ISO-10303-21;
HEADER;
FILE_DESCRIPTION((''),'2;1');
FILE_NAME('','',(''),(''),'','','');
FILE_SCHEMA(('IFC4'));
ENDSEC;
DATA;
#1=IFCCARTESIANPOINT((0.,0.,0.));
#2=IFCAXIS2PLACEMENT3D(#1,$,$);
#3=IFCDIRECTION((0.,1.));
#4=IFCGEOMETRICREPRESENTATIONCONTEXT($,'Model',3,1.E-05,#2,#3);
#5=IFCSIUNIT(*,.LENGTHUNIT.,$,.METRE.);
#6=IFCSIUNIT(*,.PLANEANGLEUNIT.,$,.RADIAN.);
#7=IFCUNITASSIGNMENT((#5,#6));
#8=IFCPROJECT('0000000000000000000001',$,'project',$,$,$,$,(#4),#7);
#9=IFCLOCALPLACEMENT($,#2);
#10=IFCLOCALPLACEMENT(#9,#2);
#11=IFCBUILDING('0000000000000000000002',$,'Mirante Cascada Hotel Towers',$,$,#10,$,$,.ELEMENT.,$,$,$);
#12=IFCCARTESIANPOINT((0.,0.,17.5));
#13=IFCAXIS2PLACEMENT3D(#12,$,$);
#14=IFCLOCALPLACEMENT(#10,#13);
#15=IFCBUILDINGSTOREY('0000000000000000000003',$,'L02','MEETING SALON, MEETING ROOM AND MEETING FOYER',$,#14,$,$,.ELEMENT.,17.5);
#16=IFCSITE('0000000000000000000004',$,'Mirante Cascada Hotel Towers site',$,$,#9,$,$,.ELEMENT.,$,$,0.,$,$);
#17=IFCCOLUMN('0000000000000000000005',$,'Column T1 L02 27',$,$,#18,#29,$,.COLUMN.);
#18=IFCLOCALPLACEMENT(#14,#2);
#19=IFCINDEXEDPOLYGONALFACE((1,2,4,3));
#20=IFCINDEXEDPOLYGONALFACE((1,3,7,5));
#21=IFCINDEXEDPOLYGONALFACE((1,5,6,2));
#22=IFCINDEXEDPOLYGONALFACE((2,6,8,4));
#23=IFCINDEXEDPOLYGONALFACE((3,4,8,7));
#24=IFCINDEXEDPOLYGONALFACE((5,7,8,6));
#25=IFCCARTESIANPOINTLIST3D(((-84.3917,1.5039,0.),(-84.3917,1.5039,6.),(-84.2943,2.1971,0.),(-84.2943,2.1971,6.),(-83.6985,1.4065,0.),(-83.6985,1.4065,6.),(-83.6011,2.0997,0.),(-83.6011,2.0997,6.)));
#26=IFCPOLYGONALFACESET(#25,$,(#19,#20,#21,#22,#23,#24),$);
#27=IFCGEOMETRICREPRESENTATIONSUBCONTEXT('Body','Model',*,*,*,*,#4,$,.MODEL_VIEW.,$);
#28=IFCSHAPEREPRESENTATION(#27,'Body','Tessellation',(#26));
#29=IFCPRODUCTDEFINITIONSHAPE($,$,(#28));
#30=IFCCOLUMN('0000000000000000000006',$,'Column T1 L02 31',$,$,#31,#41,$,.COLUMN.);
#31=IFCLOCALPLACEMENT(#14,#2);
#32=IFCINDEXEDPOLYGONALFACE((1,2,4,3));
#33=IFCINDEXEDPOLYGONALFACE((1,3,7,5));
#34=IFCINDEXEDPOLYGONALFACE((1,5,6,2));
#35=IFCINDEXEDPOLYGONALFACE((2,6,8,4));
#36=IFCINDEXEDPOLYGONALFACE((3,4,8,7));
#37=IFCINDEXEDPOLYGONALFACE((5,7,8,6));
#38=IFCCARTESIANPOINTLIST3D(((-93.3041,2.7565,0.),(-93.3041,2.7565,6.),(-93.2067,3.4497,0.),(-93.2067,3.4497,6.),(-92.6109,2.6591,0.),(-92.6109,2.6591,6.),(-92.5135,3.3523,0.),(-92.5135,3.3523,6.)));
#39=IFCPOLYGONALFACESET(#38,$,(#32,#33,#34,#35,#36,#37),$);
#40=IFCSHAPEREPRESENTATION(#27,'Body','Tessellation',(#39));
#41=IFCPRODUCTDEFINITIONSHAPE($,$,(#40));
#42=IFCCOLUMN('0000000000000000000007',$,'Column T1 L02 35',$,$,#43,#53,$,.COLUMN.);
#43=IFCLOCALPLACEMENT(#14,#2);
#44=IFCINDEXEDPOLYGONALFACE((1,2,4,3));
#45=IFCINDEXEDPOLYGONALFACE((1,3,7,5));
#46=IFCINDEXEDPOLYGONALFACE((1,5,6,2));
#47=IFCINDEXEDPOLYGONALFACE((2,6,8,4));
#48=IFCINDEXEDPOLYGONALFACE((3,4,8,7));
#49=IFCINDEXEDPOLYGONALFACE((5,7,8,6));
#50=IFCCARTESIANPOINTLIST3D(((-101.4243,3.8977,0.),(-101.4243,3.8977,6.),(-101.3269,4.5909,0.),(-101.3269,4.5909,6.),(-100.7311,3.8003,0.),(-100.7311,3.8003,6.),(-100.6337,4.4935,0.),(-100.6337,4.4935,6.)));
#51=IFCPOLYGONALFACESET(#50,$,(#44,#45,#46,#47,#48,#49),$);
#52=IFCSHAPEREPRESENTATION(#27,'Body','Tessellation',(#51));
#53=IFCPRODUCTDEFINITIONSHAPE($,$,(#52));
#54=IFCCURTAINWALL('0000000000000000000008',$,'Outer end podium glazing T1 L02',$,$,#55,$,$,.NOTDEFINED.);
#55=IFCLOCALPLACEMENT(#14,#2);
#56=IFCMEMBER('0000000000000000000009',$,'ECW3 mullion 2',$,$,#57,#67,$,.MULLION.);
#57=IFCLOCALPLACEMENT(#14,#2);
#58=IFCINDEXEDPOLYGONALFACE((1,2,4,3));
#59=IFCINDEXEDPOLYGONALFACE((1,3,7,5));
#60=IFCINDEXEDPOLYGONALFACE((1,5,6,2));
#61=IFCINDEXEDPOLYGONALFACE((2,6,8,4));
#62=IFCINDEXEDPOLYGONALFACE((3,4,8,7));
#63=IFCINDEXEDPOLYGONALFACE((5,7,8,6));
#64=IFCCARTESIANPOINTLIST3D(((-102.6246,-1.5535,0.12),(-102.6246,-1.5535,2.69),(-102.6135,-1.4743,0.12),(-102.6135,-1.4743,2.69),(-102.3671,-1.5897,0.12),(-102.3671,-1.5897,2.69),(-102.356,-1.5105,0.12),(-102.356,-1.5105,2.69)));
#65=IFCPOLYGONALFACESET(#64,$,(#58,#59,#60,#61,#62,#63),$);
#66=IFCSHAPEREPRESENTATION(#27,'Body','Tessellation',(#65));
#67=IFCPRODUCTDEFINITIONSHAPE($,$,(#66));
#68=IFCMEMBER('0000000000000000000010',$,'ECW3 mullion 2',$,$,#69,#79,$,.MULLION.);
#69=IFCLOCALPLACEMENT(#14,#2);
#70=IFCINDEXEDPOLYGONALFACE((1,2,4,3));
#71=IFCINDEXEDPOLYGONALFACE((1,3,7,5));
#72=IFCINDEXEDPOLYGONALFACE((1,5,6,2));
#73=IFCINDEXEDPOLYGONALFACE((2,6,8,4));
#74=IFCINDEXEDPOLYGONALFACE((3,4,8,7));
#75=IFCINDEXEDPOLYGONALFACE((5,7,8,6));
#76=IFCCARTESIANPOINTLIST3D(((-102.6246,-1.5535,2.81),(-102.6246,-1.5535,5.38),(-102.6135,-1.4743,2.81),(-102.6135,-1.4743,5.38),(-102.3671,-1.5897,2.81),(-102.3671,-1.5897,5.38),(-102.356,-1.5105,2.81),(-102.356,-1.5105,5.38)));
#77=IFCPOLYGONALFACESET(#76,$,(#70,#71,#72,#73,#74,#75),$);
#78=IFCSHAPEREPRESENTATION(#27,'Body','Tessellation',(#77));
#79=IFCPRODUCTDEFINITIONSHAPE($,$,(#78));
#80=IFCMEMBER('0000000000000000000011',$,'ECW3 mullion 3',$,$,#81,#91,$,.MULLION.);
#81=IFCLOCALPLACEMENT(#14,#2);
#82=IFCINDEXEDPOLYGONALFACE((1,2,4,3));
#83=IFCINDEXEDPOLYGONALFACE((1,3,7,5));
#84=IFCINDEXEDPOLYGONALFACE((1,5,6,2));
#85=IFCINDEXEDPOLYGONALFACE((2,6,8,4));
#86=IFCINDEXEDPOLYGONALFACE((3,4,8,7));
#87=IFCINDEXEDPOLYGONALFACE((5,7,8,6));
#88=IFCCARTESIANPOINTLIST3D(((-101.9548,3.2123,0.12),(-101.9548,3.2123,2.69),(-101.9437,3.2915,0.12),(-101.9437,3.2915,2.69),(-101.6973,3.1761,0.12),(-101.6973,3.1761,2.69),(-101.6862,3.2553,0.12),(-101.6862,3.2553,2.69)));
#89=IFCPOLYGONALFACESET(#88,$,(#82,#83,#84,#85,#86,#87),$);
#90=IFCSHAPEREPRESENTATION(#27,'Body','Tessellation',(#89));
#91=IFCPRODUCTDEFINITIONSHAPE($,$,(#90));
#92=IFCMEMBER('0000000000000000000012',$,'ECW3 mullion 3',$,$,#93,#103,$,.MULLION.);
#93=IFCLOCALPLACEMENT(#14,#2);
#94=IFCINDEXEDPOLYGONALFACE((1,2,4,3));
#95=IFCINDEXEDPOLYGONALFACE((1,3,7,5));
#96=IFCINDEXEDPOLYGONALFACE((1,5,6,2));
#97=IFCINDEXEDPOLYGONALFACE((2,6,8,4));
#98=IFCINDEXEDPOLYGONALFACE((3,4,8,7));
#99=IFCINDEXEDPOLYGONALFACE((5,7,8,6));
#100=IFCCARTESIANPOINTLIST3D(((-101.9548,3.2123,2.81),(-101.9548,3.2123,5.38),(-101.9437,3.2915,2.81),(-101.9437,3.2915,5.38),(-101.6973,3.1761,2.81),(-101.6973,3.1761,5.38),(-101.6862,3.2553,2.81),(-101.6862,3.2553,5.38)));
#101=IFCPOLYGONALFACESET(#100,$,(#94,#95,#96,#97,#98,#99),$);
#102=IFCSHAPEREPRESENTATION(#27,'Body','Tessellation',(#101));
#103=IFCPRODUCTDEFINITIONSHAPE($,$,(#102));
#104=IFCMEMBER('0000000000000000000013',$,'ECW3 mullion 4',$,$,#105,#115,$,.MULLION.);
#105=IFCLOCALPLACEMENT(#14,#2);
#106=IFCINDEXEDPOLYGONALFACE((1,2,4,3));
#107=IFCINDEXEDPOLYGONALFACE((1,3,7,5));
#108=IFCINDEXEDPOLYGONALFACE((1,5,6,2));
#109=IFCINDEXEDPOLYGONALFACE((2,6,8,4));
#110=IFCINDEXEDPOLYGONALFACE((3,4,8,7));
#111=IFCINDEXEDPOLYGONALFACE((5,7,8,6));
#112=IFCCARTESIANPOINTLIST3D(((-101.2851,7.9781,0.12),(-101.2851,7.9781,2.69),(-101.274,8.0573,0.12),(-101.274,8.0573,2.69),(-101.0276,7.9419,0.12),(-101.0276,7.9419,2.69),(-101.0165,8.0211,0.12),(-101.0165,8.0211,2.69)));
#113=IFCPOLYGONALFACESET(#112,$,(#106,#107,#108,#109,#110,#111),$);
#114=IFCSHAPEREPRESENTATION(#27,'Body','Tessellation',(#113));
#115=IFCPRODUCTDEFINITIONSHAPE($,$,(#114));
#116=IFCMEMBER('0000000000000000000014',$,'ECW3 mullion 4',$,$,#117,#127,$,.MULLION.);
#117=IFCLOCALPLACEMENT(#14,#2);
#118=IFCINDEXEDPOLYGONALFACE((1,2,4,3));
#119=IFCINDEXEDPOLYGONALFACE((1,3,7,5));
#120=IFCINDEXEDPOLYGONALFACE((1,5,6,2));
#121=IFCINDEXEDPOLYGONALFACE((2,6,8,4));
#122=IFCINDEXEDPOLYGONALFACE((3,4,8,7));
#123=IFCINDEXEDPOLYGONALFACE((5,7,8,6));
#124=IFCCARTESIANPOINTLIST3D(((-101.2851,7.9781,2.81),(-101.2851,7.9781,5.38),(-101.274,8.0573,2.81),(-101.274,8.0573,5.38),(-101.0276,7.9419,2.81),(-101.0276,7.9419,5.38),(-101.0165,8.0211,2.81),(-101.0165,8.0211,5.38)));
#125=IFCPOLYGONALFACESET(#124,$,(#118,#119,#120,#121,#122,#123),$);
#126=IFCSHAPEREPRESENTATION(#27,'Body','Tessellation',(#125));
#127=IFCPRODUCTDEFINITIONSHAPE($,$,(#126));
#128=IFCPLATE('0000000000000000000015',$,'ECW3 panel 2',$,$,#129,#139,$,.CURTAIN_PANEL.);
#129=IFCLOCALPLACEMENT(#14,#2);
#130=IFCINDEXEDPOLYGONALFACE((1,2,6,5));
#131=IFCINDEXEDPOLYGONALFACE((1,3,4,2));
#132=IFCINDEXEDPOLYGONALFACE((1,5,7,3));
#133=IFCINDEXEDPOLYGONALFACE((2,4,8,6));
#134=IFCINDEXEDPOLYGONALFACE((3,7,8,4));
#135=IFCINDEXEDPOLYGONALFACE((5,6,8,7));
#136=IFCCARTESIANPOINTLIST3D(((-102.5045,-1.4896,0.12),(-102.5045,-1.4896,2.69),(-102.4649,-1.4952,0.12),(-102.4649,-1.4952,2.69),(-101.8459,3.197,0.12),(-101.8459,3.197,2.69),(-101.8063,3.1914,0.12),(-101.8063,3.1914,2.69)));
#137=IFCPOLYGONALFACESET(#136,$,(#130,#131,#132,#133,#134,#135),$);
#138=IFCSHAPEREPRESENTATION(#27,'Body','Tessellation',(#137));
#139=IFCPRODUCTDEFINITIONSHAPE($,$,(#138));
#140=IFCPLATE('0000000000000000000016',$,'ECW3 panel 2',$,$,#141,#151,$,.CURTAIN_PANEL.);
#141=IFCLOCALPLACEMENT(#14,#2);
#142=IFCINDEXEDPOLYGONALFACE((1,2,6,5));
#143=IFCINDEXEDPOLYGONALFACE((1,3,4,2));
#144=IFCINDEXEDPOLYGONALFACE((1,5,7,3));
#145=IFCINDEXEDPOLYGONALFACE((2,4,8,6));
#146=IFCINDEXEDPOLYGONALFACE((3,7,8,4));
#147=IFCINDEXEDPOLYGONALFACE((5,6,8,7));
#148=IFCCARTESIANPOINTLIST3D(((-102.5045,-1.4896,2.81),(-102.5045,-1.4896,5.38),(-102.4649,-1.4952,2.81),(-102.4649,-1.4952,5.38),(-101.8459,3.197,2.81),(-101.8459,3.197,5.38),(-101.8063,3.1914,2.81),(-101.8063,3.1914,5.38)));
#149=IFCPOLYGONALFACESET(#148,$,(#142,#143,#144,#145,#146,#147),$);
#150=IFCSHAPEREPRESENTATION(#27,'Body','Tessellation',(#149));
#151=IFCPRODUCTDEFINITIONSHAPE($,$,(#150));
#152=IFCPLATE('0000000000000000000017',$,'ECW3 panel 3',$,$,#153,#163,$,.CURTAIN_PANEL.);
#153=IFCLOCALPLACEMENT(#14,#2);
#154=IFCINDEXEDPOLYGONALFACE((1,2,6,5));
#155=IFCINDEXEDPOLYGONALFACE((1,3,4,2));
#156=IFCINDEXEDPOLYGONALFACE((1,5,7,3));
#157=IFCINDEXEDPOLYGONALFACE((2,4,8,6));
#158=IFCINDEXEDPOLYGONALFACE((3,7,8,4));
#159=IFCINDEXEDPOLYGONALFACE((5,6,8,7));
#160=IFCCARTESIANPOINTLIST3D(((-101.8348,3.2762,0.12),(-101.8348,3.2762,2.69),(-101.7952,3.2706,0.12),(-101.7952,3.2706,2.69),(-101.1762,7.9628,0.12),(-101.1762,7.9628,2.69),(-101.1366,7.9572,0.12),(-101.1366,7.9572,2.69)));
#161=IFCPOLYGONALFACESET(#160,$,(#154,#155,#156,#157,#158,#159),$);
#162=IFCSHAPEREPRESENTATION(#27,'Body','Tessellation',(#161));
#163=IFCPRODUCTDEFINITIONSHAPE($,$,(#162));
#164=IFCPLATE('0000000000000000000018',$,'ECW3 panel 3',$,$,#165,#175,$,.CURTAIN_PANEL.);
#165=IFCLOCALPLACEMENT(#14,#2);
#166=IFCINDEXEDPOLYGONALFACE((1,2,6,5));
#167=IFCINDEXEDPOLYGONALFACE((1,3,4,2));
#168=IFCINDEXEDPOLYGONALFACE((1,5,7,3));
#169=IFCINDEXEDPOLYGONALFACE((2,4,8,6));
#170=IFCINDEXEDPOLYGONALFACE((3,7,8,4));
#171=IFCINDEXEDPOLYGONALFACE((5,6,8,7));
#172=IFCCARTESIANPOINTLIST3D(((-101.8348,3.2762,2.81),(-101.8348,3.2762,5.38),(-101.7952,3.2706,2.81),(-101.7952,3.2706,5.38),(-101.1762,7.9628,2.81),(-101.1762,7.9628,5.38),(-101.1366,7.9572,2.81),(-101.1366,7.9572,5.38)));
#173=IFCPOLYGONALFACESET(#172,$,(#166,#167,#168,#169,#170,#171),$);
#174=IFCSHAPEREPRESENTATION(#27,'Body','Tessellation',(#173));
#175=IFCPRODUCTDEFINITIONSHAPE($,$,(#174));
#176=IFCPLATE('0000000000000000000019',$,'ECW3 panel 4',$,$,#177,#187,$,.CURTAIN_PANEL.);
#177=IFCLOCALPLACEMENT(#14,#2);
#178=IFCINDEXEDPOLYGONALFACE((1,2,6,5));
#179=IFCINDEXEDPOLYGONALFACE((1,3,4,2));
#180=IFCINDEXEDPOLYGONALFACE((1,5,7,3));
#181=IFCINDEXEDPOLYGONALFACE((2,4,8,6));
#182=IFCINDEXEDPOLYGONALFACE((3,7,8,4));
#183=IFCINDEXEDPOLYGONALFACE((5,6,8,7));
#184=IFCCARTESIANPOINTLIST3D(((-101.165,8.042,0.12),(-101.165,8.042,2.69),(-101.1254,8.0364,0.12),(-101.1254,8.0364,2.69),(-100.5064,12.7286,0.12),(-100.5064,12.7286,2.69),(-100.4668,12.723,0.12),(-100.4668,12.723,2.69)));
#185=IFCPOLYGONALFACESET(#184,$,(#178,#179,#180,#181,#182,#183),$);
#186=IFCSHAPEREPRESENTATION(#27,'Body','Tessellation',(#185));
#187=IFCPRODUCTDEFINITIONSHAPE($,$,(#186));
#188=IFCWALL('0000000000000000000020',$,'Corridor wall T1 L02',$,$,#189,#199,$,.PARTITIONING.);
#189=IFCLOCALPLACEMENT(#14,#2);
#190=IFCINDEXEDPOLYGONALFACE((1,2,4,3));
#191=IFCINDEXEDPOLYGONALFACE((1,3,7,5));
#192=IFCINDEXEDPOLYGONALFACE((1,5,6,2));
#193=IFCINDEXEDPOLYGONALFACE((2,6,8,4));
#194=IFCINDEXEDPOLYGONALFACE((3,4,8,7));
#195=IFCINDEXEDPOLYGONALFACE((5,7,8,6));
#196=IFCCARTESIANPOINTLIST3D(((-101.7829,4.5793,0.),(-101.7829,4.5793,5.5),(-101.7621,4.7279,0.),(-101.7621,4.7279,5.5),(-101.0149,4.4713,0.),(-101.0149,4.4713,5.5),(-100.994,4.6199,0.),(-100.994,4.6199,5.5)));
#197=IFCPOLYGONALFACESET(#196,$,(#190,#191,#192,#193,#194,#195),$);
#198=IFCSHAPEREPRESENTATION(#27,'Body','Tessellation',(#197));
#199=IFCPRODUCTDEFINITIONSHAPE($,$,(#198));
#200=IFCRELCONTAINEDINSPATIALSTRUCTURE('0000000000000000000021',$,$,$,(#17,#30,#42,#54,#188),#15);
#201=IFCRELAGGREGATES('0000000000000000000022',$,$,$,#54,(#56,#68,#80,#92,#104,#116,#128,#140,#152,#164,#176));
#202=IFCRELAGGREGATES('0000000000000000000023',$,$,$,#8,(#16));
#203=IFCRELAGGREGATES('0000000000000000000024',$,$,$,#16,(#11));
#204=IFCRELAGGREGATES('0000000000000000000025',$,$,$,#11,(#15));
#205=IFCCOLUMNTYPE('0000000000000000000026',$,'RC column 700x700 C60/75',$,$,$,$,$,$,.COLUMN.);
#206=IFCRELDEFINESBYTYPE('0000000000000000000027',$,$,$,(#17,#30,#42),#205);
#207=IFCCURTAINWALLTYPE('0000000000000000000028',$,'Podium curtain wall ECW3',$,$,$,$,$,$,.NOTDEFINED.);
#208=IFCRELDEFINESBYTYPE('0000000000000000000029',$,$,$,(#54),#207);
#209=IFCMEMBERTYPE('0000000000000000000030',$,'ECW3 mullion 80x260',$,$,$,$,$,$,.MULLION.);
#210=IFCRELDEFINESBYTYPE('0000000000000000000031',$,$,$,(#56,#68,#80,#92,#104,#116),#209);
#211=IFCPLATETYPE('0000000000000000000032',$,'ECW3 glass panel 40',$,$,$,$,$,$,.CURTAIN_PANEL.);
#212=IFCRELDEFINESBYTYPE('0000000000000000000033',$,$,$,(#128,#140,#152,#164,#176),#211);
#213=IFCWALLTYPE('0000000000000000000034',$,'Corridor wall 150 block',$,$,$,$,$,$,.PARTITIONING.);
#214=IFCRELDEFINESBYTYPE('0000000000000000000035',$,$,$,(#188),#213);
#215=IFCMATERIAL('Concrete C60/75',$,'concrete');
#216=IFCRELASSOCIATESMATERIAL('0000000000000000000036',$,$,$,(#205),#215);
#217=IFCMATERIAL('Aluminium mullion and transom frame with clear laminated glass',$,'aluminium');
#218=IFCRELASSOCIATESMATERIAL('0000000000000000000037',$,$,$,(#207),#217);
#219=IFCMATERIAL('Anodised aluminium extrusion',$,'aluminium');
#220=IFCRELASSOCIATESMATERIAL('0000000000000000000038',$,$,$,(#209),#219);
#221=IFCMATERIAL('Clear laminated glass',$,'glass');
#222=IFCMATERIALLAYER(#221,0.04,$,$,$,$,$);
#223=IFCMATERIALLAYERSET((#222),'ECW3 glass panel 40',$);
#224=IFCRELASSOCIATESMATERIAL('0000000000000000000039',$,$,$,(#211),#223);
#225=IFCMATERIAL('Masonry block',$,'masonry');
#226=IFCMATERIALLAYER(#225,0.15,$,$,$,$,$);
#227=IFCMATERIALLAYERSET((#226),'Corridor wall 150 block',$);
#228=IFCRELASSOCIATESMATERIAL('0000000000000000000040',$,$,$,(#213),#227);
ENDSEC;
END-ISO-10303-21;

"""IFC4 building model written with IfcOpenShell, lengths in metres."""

from ifc_helpers import new_model, si_unit, direction, frame, frame_2d, origin, origin_2d, place, context, subcontext, project, spatial, rectangle, extrude, material, layer, layer_set, material_profile, profile_set, type_object, element, aggregate, save


model = new_model("IFC4")

# Units and contexts
model_context = context("Model", 3, precision=1e-05, world=origin(), true_north=direction((0.0, 1.0)))
body_context = subcontext(model_context, "Body", "Model", "MODEL_VIEW")
ifc_project = project(units=[si_unit("LENGTHUNIT", "METRE"), si_unit("PLANEANGLEUNIT", "RADIAN")], contexts=[model_context])

# Site, building, storey
site_placement = place(None, origin())
site = spatial("IfcSite", under=ifc_project, at=site_placement, Name="Mirante Cascada Hotel Towers site", CompositionType="ELEMENT", RefElevation=0.0)
building_placement = place(site_placement, origin())
building = spatial("IfcBuilding", under=site, at=building_placement, Name="Mirante Cascada Hotel Towers", CompositionType="ELEMENT")
storey_placement = place(building_placement, frame((0.0, 0.0, 17.5)))
storey = spatial("IfcBuildingStorey", under=building, at=storey_placement, Name="L02", Description="MEETING SALON, MEETING ROOM AND MEETING FOYER", CompositionType="ELEMENT", Elevation=17.5)

# Columns
ifc_material_1 = material(Name="Concrete C60/75", Category="concrete")
ifc_material_profile_1 = material_profile(ifc_material_1, rectangle(XDim=0.7, YDim=0.7, at=origin_2d()), Name="RC column 700x700 C60/75")
ifc_profile_set_1 = profile_set([ifc_material_profile_1], Name="Concrete C60/75")
column_type = type_object("IfcColumnType", Name="RC column 700x700 C60/75", PredefinedType="COLUMN", material=ifc_profile_set_1)
for number, where, z_axis, x_axis, name in (
    (1, (-83.9964, 1.8018, 0.0), (0.0, 0.0, 1.0), (-0.990268, 0.139173, 0.0), "Column T1 L02 27"),
    (2, (-92.9088, 3.0544, 0.0), (0.0, 0.0, 1.0), (-0.990268, 0.139173, 0.0), "Column T1 L02 31"),
    (3, (-101.029, 4.1956, 0.0), (0.0, 0.0, 1.0), (-0.990268, 0.139173, 0.0), "Column T1 L02 35"),
):
    element("IfcColumn", number, at=place(storey_placement, frame(where, z_axis=z_axis, x_axis=x_axis)), inside=storey, type_object=column_type, Name=name, PredefinedType="COLUMN", context=body_context, shape_type="SweptSolid", body=[
        extrude(rectangle(XDim=0.7, YDim=0.7, at=origin_2d()), origin(), (0.0, 0.0, 1.0), 6.0),
    ])

# Curtain wall, members, plates
ifc_material_2 = material(Name="Aluminium mullion and transom frame with clear laminated glass", Category="aluminium")
curtain_wall_type = type_object("IfcCurtainWallType", Name="Podium curtain wall ECW3", PredefinedType="NOTDEFINED", material=ifc_material_2)
curtain_wall_placement = place(storey_placement, origin())
curtain_wall = element("IfcCurtainWall", 4, at=curtain_wall_placement, inside=storey, type_object=curtain_wall_type, Name="Outer end podium glazing T1 L02", PredefinedType="NOTDEFINED")
ifc_material_3 = material(Name="Anodised aluminium extrusion", Category="aluminium")
ifc_material_profile_2 = material_profile(ifc_material_3, rectangle(XDim=0.26, YDim=0.08, at=origin_2d()), Name="ECW3 MULLION 80x260")
ifc_profile_set_2 = profile_set([ifc_material_profile_2], Name="Anodised aluminium extrusion")
member_type = type_object("IfcMemberType", Name="ECW3 mullion 80x260", PredefinedType="MULLION", material=ifc_profile_set_2)
member_1_placement = place(storey_placement, frame((-102.4903, -1.532, 0.12), z_axis=(0.0, 0.0, 1.0), x_axis=(-0.990268, 0.139173, 0.0)))
member_1 = element("IfcMember", 5, at=member_1_placement, type_object=member_type, Name="ECW3 mullion 2", PredefinedType="MULLION", context=body_context, shape_type="SweptSolid", body=[
    extrude(rectangle(XDim=0.26, YDim=0.08, at=origin_2d()), origin(), (0.0, 0.0, 1.0), 2.57),
])
member_2_placement = place(storey_placement, frame((-102.4903, -1.532, 2.81), z_axis=(0.0, 0.0, 1.0), x_axis=(-0.990268, 0.139173, 0.0)))
member_2 = element("IfcMember", 6, at=member_2_placement, type_object=member_type, Name="ECW3 mullion 2", PredefinedType="MULLION", context=body_context, shape_type="SweptSolid", body=[
    extrude(rectangle(XDim=0.26, YDim=0.08, at=origin_2d()), origin(), (0.0, 0.0, 1.0), 2.57),
])
member_3_placement = place(storey_placement, frame((-101.8205, 3.2338, 0.12), z_axis=(0.0, 0.0, 1.0), x_axis=(-0.990268, 0.139173, 0.0)))
member_3 = element("IfcMember", 7, at=member_3_placement, type_object=member_type, Name="ECW3 mullion 3", PredefinedType="MULLION", context=body_context, shape_type="SweptSolid", body=[
    extrude(rectangle(XDim=0.26, YDim=0.08, at=origin_2d()), origin(), (0.0, 0.0, 1.0), 2.57),
])
member_4_placement = place(storey_placement, frame((-101.8205, 3.2338, 2.81), z_axis=(0.0, 0.0, 1.0), x_axis=(-0.990268, 0.139173, 0.0)))
member_4 = element("IfcMember", 8, at=member_4_placement, type_object=member_type, Name="ECW3 mullion 3", PredefinedType="MULLION", context=body_context, shape_type="SweptSolid", body=[
    extrude(rectangle(XDim=0.26, YDim=0.08, at=origin_2d()), origin(), (0.0, 0.0, 1.0), 2.57),
])
member_5_placement = place(storey_placement, frame((-101.1508, 7.9996, 0.12), z_axis=(0.0, 0.0, 1.0), x_axis=(-0.990268, 0.139173, 0.0)))
member_5 = element("IfcMember", 9, at=member_5_placement, type_object=member_type, Name="ECW3 mullion 4", PredefinedType="MULLION", context=body_context, shape_type="SweptSolid", body=[
    extrude(rectangle(XDim=0.26, YDim=0.08, at=origin_2d()), origin(), (0.0, 0.0, 1.0), 2.57),
])
member_6_placement = place(storey_placement, frame((-101.1508, 7.9996, 2.81), z_axis=(0.0, 0.0, 1.0), x_axis=(-0.990268, 0.139173, 0.0)))
member_6 = element("IfcMember", 10, at=member_6_placement, type_object=member_type, Name="ECW3 mullion 4", PredefinedType="MULLION", context=body_context, shape_type="SweptSolid", body=[
    extrude(rectangle(XDim=0.26, YDim=0.08, at=origin_2d()), origin(), (0.0, 0.0, 1.0), 2.57),
])
ifc_material_4 = material(Name="Clear laminated glass", Category="glass")
ifc_layer_1 = layer(ifc_material_4, 0.04)
ifc_layer_set_1 = layer_set([ifc_layer_1], Name="ECW3 glass panel 40")
plate_type = type_object("IfcPlateType", Name="ECW3 glass panel 40", PredefinedType="CURTAIN_PANEL", material=ifc_layer_set_1)
plate_1_placement = place(storey_placement, frame((-102.1554, 0.8509, 0.12), z_axis=(0.0, 0.0, 1.0), x_axis=(0.139173, 0.990268, 0.0)))
plate_1 = element("IfcPlate", 11, at=plate_1_placement, type_object=plate_type, Name="ECW3 panel 2", PredefinedType="CURTAIN_PANEL", context=body_context, shape_type="SweptSolid", body=[
    extrude(rectangle(XDim=4.7326, YDim=0.04, at=origin_2d()), origin(), (0.0, 0.0, 1.0), 2.57),
])
plate_2_placement = place(storey_placement, frame((-102.1554, 0.8509, 2.81), z_axis=(0.0, 0.0, 1.0), x_axis=(0.139173, 0.990268, 0.0)))
plate_2 = element("IfcPlate", 12, at=plate_2_placement, type_object=plate_type, Name="ECW3 panel 2", PredefinedType="CURTAIN_PANEL", context=body_context, shape_type="SweptSolid", body=[
    extrude(rectangle(XDim=4.7326, YDim=0.04, at=origin_2d()), origin(), (0.0, 0.0, 1.0), 2.57),
])
plate_3_placement = place(storey_placement, frame((-101.4857, 5.6167, 0.12), z_axis=(0.0, 0.0, 1.0), x_axis=(0.139173, 0.990268, 0.0)))
plate_3 = element("IfcPlate", 13, at=plate_3_placement, type_object=plate_type, Name="ECW3 panel 3", PredefinedType="CURTAIN_PANEL", context=body_context, shape_type="SweptSolid", body=[
    extrude(rectangle(XDim=4.7326, YDim=0.04, at=origin_2d()), origin(), (0.0, 0.0, 1.0), 2.57),
])
plate_4_placement = place(storey_placement, frame((-101.4857, 5.6167, 2.81), z_axis=(0.0, 0.0, 1.0), x_axis=(0.139173, 0.990268, 0.0)))
plate_4 = element("IfcPlate", 14, at=plate_4_placement, type_object=plate_type, Name="ECW3 panel 3", PredefinedType="CURTAIN_PANEL", context=body_context, shape_type="SweptSolid", body=[
    extrude(rectangle(XDim=4.7326, YDim=0.04, at=origin_2d()), origin(), (0.0, 0.0, 1.0), 2.57),
])
plate_5_placement = place(storey_placement, frame((-100.8159, 10.3825, 0.12), z_axis=(0.0, 0.0, 1.0), x_axis=(0.139173, 0.990268, 0.0)))
plate_5 = element("IfcPlate", 15, at=plate_5_placement, type_object=plate_type, Name="ECW3 panel 4", PredefinedType="CURTAIN_PANEL", context=body_context, shape_type="SweptSolid", body=[
    extrude(rectangle(XDim=4.7326, YDim=0.04, at=origin_2d()), origin(), (0.0, 0.0, 1.0), 2.57),
])
aggregate(curtain_wall, [member_1, member_2, member_3, member_4, member_5, member_6, plate_1, plate_2, plate_3, plate_4, plate_5])

# Wall
ifc_material_5 = material(Name="Masonry block", Category="masonry")
ifc_layer_2 = layer(ifc_material_5, 0.15)
ifc_layer_set_2 = layer_set([ifc_layer_2], Name="Corridor wall 150 block")
wall_type = type_object("IfcWallType", Name="Corridor wall 150 block", PredefinedType="PARTITIONING", material=ifc_layer_set_2)
wall_1_placement = place(storey_placement, frame((-101.7725, 4.6536, 0.0), z_axis=(0.0, 0.0, 1.0), x_axis=(0.990257, -0.139255, 0.0)))
element("IfcWall", 16, at=wall_1_placement, inside=storey, type_object=wall_type, Name="Corridor wall T1 L02", PredefinedType="PARTITIONING", context=body_context, shape_type="SweptSolid", body=[
    extrude(rectangle(XDim=0.7756, YDim=0.15, at=frame_2d((0.3878, 0.0))), origin(), (0.0, 0.0, 1.0), 5.5),
])

save(model, "model.ifc")
